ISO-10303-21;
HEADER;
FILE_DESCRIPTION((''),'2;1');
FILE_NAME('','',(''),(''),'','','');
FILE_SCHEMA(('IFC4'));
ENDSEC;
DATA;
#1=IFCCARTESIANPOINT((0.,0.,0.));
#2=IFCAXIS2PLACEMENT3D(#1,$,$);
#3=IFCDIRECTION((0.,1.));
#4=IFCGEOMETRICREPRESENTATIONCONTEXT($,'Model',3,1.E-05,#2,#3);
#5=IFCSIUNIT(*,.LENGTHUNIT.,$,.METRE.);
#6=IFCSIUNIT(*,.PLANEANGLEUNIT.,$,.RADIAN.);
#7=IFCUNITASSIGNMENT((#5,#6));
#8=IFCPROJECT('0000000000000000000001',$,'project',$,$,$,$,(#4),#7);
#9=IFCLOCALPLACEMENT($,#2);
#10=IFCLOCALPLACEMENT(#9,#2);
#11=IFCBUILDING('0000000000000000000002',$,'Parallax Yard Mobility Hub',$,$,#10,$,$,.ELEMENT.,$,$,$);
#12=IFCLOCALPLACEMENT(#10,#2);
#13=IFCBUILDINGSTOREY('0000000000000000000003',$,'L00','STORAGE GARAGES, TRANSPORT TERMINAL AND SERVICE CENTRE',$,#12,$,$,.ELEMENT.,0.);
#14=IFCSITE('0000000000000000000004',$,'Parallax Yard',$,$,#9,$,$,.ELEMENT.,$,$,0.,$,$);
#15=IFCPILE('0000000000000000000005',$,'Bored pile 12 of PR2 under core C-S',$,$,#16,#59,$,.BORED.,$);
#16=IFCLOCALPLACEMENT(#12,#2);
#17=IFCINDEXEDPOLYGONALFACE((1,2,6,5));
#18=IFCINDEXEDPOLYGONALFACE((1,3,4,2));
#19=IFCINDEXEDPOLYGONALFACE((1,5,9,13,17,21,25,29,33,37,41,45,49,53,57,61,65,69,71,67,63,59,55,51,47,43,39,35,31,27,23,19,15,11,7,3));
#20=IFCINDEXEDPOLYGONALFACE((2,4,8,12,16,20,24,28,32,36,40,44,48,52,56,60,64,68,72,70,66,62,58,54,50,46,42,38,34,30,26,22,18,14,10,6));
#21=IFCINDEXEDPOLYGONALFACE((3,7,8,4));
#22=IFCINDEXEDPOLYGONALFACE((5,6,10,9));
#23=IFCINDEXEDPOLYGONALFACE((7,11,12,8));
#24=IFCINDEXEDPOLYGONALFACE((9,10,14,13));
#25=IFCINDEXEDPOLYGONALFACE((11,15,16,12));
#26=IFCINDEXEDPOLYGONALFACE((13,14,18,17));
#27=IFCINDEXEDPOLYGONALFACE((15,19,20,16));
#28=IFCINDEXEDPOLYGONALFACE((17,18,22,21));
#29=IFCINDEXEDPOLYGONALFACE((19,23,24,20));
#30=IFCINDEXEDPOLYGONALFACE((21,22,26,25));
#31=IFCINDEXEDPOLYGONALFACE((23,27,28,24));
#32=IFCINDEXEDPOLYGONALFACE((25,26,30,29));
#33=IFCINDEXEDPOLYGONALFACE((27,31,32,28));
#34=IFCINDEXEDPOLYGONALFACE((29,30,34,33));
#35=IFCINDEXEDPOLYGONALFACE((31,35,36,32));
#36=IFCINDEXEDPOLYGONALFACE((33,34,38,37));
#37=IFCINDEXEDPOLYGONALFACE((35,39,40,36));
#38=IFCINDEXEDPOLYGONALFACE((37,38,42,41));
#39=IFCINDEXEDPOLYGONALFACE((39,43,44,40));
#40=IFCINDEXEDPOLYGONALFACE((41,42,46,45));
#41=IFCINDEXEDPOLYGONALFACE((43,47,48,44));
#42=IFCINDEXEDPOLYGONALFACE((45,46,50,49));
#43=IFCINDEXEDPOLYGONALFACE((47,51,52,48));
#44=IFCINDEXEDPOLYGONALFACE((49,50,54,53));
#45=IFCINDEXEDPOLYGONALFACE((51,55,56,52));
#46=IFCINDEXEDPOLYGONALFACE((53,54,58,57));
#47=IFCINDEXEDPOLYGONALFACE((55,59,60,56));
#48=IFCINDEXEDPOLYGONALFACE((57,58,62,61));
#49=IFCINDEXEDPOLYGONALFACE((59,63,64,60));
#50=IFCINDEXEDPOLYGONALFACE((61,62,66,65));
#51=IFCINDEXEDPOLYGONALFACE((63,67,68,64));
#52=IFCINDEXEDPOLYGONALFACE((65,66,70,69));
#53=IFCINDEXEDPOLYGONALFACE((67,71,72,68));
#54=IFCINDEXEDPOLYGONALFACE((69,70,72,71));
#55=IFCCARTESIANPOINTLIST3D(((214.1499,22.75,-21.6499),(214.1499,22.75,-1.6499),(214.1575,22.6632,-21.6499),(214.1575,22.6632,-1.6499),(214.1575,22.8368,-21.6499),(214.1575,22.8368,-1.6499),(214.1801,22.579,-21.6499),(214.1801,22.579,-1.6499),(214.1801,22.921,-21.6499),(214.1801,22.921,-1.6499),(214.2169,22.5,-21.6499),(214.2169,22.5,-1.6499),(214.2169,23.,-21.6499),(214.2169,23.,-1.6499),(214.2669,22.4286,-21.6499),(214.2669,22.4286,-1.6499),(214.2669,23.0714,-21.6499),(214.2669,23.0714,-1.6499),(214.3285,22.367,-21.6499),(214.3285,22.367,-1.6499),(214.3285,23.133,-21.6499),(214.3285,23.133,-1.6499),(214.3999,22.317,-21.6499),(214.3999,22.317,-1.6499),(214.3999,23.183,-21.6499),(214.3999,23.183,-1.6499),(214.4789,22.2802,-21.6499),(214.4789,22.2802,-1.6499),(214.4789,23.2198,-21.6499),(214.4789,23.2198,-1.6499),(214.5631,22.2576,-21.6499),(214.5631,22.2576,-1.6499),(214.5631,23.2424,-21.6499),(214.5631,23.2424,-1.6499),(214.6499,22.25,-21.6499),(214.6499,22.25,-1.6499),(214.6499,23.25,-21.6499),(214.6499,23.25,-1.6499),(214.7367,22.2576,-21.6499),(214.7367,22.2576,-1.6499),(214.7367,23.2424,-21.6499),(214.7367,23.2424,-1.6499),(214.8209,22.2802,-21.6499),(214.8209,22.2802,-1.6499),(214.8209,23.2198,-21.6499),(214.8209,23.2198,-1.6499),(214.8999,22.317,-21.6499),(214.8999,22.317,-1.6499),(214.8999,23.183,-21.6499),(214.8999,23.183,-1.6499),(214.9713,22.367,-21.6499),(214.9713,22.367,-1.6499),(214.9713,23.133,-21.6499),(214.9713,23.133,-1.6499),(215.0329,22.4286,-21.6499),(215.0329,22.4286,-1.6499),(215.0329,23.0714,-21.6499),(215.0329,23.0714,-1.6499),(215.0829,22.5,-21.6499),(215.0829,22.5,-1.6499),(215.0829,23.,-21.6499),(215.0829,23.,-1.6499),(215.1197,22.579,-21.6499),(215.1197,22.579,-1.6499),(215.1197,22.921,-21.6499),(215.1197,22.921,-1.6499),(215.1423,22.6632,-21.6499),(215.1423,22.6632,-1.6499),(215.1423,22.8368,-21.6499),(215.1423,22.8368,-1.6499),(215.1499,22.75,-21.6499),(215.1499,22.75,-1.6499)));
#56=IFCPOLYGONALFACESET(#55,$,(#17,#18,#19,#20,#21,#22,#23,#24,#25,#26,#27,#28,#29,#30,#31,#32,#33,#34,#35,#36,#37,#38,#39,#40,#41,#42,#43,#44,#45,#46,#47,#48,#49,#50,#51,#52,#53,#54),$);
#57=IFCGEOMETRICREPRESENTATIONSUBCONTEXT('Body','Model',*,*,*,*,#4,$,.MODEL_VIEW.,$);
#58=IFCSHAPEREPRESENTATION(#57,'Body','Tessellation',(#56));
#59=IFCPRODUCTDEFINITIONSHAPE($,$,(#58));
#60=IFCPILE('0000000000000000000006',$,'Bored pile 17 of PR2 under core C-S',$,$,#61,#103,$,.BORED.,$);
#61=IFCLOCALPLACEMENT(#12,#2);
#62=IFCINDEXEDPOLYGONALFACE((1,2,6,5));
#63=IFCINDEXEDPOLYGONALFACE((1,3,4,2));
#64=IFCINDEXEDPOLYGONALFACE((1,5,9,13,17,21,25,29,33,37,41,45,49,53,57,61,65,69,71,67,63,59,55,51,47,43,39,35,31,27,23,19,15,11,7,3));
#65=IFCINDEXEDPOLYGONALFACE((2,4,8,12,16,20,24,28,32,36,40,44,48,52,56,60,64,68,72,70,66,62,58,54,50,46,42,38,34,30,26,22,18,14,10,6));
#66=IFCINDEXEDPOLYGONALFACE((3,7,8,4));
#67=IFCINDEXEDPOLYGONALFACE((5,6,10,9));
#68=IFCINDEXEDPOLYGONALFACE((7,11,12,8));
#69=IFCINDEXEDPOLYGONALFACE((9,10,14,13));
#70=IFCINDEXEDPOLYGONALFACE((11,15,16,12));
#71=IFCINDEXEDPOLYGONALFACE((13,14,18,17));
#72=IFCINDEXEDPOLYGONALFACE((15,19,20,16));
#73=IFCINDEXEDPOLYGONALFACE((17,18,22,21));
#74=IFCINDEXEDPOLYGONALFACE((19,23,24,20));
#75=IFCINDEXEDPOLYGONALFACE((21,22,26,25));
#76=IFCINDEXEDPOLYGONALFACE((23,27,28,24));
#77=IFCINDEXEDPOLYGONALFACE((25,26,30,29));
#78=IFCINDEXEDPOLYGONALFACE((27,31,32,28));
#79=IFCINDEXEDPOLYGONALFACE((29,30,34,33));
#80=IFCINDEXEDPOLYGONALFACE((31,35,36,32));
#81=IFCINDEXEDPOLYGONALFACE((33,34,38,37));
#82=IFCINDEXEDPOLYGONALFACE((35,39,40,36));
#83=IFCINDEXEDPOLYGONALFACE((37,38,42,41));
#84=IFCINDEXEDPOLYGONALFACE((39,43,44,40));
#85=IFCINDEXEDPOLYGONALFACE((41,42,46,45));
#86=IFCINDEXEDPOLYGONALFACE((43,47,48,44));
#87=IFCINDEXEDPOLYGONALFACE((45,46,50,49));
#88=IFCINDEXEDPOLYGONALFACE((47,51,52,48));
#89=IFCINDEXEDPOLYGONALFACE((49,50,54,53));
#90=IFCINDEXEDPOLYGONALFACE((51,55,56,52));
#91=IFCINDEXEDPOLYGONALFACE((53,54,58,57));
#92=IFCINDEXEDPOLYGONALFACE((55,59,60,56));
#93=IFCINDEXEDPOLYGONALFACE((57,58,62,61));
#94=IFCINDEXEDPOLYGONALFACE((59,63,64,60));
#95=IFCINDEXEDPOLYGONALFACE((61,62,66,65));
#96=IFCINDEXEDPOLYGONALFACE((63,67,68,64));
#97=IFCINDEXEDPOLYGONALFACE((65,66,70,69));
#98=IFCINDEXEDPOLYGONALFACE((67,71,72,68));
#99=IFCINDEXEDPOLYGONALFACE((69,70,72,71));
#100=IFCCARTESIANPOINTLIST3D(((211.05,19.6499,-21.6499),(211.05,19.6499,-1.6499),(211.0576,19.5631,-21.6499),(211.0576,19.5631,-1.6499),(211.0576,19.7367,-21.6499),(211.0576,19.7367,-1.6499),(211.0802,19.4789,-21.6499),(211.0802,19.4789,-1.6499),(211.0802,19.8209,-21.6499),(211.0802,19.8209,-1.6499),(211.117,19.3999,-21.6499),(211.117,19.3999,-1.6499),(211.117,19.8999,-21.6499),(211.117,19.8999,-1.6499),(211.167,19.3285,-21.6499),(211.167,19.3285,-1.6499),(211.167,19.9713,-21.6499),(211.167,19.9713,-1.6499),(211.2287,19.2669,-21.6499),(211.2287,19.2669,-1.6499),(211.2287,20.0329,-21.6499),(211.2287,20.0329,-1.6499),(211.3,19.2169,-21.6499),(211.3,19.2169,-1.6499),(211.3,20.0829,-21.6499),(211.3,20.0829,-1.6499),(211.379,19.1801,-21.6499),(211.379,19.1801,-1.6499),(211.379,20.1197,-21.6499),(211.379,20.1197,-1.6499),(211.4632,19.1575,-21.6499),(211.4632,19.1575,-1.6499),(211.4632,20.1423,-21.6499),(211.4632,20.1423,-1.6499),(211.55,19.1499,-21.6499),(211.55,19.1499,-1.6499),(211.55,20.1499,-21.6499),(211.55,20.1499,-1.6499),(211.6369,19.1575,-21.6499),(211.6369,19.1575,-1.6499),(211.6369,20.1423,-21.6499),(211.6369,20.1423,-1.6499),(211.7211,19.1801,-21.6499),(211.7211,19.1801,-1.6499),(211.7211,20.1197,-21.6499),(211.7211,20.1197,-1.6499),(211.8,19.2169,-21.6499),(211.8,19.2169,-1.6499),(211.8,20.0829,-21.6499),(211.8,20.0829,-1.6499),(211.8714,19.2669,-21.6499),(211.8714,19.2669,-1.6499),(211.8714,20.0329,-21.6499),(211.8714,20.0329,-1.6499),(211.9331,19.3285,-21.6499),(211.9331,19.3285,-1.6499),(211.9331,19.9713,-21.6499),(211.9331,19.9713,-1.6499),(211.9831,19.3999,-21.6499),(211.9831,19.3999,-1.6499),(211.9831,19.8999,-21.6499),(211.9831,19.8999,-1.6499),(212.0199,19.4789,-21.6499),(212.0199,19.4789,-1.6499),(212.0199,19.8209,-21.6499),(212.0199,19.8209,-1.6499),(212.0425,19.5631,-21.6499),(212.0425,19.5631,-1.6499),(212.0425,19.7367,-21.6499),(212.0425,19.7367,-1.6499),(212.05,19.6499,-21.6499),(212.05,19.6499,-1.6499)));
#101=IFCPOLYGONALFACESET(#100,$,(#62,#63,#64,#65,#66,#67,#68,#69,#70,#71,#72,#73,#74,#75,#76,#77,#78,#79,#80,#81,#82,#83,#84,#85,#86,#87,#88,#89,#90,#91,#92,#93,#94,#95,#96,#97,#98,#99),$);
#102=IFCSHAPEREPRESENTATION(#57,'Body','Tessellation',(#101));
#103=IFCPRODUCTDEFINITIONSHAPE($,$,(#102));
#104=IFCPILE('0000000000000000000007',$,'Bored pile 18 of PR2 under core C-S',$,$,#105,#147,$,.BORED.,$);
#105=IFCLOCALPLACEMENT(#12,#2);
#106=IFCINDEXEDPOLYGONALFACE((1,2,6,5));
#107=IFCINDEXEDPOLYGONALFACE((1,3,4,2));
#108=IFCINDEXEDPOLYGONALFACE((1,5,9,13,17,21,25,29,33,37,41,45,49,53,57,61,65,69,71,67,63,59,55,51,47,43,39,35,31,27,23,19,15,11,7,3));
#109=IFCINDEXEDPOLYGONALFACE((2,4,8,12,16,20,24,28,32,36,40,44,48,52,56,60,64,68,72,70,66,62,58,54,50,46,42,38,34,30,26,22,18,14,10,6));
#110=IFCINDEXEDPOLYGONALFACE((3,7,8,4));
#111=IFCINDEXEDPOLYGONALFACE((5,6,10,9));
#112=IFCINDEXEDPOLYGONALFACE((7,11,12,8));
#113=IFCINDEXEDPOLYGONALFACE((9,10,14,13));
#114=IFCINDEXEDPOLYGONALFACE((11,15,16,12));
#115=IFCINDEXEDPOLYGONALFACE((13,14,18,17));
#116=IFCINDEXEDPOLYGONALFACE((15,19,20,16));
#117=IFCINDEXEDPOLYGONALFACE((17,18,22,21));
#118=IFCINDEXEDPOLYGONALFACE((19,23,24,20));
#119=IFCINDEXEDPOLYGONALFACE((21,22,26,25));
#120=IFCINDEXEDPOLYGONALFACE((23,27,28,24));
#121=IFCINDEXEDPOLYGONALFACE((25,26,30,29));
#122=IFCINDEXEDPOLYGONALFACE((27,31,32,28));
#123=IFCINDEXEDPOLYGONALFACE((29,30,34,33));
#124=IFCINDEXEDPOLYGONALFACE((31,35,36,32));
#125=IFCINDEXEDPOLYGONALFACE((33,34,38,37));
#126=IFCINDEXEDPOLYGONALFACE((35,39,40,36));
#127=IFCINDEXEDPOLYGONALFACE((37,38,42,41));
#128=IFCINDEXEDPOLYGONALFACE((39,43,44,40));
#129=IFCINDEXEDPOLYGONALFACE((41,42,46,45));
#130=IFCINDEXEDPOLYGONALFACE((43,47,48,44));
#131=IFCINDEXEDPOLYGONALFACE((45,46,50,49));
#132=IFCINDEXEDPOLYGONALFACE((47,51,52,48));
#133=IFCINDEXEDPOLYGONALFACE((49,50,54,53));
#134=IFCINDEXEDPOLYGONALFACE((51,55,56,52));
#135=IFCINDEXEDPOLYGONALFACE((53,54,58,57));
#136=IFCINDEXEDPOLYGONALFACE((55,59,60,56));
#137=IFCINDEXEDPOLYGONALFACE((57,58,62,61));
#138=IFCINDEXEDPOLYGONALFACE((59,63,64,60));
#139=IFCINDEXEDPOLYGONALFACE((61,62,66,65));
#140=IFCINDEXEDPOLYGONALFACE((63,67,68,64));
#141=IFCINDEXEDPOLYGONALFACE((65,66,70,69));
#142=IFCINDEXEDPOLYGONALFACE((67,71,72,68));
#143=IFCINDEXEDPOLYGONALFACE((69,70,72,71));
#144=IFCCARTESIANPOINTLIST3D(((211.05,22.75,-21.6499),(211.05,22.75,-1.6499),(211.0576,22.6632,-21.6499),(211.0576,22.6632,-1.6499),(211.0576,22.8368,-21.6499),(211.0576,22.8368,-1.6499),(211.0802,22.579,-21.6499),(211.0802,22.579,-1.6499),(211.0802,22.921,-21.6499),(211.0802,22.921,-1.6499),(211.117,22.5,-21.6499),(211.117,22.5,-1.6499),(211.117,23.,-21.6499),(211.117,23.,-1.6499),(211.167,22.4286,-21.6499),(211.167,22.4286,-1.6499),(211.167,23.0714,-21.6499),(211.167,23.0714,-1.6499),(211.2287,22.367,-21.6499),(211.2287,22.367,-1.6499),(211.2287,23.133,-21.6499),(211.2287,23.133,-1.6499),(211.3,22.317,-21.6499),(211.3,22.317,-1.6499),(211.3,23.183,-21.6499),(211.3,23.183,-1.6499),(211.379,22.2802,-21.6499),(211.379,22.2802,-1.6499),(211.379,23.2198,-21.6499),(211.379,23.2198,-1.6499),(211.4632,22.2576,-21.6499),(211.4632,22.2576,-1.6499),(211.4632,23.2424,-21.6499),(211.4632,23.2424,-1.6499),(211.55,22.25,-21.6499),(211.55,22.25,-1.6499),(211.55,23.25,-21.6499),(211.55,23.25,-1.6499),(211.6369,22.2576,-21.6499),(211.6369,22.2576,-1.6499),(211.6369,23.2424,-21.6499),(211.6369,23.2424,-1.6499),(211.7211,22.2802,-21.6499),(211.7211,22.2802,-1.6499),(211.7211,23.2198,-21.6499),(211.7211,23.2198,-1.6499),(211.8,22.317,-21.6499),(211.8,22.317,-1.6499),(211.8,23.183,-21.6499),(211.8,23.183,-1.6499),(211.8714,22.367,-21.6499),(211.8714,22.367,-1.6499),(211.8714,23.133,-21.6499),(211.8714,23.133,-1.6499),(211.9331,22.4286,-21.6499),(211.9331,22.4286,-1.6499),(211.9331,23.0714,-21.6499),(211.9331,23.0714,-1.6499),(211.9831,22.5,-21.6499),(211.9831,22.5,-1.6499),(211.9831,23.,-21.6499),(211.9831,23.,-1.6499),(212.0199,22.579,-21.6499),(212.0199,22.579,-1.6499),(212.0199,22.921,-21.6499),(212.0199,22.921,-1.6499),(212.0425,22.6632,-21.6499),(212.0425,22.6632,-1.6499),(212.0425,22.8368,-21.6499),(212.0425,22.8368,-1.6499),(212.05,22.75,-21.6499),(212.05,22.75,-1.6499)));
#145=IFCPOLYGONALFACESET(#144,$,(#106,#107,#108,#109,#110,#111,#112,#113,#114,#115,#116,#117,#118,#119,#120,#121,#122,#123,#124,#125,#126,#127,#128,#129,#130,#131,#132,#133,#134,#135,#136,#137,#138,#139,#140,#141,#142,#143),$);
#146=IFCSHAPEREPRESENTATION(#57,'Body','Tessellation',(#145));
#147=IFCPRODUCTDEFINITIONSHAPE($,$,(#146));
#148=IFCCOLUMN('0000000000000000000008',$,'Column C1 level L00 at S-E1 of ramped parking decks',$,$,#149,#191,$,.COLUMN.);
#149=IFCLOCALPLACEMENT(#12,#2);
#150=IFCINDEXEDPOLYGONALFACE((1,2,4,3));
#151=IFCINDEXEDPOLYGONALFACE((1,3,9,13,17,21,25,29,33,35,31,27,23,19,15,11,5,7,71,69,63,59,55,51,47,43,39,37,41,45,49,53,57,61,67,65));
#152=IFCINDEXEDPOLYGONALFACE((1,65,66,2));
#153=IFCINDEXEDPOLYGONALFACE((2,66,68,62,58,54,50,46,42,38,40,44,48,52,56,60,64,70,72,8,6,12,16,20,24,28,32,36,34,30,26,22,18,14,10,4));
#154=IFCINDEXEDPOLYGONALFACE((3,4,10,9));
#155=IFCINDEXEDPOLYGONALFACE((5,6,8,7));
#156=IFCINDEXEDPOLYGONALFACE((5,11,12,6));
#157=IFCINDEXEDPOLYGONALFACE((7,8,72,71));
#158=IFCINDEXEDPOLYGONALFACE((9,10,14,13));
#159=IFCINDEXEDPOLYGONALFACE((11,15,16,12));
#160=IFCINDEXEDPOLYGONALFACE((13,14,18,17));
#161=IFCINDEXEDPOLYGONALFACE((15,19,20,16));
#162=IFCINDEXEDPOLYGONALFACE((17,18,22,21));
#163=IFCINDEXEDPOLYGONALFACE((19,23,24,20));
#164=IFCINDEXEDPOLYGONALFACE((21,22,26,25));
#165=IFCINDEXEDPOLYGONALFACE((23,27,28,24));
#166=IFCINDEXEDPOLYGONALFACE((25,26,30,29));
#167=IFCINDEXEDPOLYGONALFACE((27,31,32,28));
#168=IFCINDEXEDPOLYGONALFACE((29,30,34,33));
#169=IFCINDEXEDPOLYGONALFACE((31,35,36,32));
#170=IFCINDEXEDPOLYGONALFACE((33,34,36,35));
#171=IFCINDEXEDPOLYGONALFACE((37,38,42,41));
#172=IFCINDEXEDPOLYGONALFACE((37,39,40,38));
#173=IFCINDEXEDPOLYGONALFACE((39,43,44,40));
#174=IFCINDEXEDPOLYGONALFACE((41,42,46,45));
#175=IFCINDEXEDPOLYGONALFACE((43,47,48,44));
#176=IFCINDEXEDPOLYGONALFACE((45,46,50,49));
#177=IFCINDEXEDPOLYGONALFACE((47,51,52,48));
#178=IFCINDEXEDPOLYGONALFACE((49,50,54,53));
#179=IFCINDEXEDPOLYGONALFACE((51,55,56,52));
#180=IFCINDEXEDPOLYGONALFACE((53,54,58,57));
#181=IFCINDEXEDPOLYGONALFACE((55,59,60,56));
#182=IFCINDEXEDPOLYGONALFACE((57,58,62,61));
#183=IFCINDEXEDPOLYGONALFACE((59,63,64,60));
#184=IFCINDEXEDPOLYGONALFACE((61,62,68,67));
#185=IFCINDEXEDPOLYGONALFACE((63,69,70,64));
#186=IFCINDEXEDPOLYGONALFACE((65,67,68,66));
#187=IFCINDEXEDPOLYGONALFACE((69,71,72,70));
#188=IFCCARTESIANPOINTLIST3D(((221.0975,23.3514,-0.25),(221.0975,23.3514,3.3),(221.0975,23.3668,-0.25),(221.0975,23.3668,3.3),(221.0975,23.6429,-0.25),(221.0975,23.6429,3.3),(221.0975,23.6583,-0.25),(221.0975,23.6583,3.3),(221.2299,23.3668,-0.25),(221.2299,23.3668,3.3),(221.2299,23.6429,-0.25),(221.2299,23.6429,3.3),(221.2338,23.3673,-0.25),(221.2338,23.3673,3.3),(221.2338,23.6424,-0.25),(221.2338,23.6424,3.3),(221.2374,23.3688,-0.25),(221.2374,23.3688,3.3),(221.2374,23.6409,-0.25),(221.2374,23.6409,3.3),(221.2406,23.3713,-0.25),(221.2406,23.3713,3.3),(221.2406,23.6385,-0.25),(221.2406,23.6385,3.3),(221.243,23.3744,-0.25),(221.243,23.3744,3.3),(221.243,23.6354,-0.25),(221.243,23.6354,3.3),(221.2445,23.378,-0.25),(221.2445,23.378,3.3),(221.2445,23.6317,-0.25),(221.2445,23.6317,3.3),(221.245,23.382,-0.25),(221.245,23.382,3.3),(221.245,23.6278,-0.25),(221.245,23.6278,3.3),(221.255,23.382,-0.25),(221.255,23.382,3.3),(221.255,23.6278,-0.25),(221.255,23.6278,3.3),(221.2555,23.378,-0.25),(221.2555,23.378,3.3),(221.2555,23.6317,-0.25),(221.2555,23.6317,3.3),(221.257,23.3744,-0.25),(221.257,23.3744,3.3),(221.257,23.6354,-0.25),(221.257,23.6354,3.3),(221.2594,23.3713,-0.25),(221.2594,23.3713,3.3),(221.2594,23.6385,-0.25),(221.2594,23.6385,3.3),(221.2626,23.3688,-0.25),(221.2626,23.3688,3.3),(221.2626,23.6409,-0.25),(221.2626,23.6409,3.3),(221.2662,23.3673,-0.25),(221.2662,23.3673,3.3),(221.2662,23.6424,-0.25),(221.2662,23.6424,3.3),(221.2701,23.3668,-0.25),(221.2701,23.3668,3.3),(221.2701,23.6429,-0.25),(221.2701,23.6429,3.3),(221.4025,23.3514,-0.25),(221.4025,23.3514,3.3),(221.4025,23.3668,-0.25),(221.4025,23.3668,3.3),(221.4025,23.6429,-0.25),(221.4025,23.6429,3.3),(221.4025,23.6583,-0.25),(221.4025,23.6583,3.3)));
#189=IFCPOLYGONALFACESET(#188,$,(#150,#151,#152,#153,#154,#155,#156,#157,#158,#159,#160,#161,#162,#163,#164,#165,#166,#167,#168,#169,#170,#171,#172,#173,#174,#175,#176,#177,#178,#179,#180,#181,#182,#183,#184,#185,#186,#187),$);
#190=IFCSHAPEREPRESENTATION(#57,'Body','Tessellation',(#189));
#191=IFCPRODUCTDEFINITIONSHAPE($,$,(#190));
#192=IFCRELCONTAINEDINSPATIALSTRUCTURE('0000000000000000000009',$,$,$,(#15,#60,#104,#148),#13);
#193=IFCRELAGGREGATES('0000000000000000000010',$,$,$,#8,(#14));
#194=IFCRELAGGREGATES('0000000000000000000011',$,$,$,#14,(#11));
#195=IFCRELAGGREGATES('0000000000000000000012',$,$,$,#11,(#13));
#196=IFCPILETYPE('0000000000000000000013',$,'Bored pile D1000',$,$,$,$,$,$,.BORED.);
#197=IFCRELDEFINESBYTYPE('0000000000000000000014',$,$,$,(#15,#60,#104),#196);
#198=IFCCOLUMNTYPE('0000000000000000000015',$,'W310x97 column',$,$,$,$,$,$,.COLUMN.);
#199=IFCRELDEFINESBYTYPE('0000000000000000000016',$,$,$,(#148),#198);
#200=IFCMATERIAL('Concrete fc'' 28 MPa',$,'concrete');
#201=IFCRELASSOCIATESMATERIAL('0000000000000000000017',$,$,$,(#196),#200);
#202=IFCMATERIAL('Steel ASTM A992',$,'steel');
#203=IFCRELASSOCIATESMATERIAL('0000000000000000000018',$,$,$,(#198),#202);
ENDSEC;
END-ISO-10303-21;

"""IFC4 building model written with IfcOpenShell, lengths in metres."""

from ifc_helpers import new_model, si_unit, direction, frame, origin, origin_2d, place, context, subcontext, project, spatial, circle, i_section, extrude, material, material_profile, profile_set, type_object, element, save


model = new_model("IFC4")

# Units and contexts
model_context = context("Model", 3, precision=1e-05, world=origin(), true_north=direction((0.0, 1.0)))
body_context = subcontext(model_context, "Body", "Model", "MODEL_VIEW")
ifc_project = project(units=[si_unit("LENGTHUNIT", "METRE"), si_unit("PLANEANGLEUNIT", "RADIAN")], contexts=[model_context])

# Site, building, storey
site_placement = place(None, origin())
site = spatial("IfcSite", under=ifc_project, at=site_placement, Name="Parallax Yard", CompositionType="ELEMENT", RefElevation=0.0)
building_placement = place(site_placement, origin())
building = spatial("IfcBuilding", under=site, at=building_placement, Name="Parallax Yard Mobility Hub", CompositionType="ELEMENT")
storey_placement = place(building_placement, origin())
storey = spatial("IfcBuildingStorey", under=building, at=storey_placement, Name="L00", Description="STORAGE GARAGES, TRANSPORT TERMINAL AND SERVICE CENTRE", CompositionType="ELEMENT", Elevation=0.0)

# Piles
ifc_material_1 = material(Name="Concrete fc' 28 MPa", Category="concrete")
ifc_material_profile_1 = material_profile(ifc_material_1, circle(Radius=0.5, at=origin_2d()), Name="Bored pile D1000")
ifc_profile_set_1 = profile_set([ifc_material_profile_1], Name="Concrete fc' 28 MPa")
pile_type = type_object("IfcPileType", Name="Bored pile D1000", PredefinedType="BORED", material=ifc_profile_set_1)
for number, where, z_axis, x_axis, name in (
    (1, (214.6499, 22.75, -1.6499), (0.0, 0.0, -1.0), (1.0, 0.0, 0.0), "Bored pile 12 of PR2 under core C-S"),
    (2, (211.55, 19.6499, -1.6499), (0.0, 0.0, -1.0), (1.0, 0.0, 0.0), "Bored pile 17 of PR2 under core C-S"),
    (3, (211.55, 22.75, -1.6499), (0.0, 0.0, -1.0), (1.0, 0.0, 0.0), "Bored pile 18 of PR2 under core C-S"),
):
    element("IfcPile", number, at=place(storey_placement, frame(where, z_axis=z_axis, x_axis=x_axis)), inside=storey, type_object=pile_type, Name=name, PredefinedType="BORED", context=body_context, shape_type="SweptSolid", body=[
        extrude(circle(Radius=0.5, at=origin_2d()), origin(), (0.0, 0.0, 1.0), 20.0),
    ])

# Column
ifc_material_2 = material(Name="Steel ASTM A992", Category="steel")
ifc_material_profile_2 = material_profile(ifc_material_2, i_section(OverallWidth=0.3049, OverallDepth=0.3069, WebThickness=0.01, FlangeThickness=0.0154, FilletRadius=0.0151, at=origin_2d()), Name="W310x97")
ifc_profile_set_2 = profile_set([ifc_material_profile_2], Name="Steel ASTM A992")
column_type = type_object("IfcColumnType", Name="W310x97 column", PredefinedType="COLUMN", material=ifc_profile_set_2)
column_placement = place(storey_placement, frame((221.25, 23.5049, -0.25), z_axis=(0.0, 0.0, 1.0), x_axis=(1.0, 0.0, 0.0)))
element("IfcColumn", 4, at=column_placement, inside=storey, type_object=column_type, Name="Column C1 level L00 at S-E1 of ramped parking decks", PredefinedType="COLUMN", context=body_context, shape_type="SweptSolid", body=[
    extrude(i_section(OverallWidth=0.3049, OverallDepth=0.3069, WebThickness=0.01, FlangeThickness=0.0154, FilletRadius=0.0151, at=origin_2d()), origin(), (0.0, 0.0, 1.0), 3.55),
])

save(model, "model.ifc")
